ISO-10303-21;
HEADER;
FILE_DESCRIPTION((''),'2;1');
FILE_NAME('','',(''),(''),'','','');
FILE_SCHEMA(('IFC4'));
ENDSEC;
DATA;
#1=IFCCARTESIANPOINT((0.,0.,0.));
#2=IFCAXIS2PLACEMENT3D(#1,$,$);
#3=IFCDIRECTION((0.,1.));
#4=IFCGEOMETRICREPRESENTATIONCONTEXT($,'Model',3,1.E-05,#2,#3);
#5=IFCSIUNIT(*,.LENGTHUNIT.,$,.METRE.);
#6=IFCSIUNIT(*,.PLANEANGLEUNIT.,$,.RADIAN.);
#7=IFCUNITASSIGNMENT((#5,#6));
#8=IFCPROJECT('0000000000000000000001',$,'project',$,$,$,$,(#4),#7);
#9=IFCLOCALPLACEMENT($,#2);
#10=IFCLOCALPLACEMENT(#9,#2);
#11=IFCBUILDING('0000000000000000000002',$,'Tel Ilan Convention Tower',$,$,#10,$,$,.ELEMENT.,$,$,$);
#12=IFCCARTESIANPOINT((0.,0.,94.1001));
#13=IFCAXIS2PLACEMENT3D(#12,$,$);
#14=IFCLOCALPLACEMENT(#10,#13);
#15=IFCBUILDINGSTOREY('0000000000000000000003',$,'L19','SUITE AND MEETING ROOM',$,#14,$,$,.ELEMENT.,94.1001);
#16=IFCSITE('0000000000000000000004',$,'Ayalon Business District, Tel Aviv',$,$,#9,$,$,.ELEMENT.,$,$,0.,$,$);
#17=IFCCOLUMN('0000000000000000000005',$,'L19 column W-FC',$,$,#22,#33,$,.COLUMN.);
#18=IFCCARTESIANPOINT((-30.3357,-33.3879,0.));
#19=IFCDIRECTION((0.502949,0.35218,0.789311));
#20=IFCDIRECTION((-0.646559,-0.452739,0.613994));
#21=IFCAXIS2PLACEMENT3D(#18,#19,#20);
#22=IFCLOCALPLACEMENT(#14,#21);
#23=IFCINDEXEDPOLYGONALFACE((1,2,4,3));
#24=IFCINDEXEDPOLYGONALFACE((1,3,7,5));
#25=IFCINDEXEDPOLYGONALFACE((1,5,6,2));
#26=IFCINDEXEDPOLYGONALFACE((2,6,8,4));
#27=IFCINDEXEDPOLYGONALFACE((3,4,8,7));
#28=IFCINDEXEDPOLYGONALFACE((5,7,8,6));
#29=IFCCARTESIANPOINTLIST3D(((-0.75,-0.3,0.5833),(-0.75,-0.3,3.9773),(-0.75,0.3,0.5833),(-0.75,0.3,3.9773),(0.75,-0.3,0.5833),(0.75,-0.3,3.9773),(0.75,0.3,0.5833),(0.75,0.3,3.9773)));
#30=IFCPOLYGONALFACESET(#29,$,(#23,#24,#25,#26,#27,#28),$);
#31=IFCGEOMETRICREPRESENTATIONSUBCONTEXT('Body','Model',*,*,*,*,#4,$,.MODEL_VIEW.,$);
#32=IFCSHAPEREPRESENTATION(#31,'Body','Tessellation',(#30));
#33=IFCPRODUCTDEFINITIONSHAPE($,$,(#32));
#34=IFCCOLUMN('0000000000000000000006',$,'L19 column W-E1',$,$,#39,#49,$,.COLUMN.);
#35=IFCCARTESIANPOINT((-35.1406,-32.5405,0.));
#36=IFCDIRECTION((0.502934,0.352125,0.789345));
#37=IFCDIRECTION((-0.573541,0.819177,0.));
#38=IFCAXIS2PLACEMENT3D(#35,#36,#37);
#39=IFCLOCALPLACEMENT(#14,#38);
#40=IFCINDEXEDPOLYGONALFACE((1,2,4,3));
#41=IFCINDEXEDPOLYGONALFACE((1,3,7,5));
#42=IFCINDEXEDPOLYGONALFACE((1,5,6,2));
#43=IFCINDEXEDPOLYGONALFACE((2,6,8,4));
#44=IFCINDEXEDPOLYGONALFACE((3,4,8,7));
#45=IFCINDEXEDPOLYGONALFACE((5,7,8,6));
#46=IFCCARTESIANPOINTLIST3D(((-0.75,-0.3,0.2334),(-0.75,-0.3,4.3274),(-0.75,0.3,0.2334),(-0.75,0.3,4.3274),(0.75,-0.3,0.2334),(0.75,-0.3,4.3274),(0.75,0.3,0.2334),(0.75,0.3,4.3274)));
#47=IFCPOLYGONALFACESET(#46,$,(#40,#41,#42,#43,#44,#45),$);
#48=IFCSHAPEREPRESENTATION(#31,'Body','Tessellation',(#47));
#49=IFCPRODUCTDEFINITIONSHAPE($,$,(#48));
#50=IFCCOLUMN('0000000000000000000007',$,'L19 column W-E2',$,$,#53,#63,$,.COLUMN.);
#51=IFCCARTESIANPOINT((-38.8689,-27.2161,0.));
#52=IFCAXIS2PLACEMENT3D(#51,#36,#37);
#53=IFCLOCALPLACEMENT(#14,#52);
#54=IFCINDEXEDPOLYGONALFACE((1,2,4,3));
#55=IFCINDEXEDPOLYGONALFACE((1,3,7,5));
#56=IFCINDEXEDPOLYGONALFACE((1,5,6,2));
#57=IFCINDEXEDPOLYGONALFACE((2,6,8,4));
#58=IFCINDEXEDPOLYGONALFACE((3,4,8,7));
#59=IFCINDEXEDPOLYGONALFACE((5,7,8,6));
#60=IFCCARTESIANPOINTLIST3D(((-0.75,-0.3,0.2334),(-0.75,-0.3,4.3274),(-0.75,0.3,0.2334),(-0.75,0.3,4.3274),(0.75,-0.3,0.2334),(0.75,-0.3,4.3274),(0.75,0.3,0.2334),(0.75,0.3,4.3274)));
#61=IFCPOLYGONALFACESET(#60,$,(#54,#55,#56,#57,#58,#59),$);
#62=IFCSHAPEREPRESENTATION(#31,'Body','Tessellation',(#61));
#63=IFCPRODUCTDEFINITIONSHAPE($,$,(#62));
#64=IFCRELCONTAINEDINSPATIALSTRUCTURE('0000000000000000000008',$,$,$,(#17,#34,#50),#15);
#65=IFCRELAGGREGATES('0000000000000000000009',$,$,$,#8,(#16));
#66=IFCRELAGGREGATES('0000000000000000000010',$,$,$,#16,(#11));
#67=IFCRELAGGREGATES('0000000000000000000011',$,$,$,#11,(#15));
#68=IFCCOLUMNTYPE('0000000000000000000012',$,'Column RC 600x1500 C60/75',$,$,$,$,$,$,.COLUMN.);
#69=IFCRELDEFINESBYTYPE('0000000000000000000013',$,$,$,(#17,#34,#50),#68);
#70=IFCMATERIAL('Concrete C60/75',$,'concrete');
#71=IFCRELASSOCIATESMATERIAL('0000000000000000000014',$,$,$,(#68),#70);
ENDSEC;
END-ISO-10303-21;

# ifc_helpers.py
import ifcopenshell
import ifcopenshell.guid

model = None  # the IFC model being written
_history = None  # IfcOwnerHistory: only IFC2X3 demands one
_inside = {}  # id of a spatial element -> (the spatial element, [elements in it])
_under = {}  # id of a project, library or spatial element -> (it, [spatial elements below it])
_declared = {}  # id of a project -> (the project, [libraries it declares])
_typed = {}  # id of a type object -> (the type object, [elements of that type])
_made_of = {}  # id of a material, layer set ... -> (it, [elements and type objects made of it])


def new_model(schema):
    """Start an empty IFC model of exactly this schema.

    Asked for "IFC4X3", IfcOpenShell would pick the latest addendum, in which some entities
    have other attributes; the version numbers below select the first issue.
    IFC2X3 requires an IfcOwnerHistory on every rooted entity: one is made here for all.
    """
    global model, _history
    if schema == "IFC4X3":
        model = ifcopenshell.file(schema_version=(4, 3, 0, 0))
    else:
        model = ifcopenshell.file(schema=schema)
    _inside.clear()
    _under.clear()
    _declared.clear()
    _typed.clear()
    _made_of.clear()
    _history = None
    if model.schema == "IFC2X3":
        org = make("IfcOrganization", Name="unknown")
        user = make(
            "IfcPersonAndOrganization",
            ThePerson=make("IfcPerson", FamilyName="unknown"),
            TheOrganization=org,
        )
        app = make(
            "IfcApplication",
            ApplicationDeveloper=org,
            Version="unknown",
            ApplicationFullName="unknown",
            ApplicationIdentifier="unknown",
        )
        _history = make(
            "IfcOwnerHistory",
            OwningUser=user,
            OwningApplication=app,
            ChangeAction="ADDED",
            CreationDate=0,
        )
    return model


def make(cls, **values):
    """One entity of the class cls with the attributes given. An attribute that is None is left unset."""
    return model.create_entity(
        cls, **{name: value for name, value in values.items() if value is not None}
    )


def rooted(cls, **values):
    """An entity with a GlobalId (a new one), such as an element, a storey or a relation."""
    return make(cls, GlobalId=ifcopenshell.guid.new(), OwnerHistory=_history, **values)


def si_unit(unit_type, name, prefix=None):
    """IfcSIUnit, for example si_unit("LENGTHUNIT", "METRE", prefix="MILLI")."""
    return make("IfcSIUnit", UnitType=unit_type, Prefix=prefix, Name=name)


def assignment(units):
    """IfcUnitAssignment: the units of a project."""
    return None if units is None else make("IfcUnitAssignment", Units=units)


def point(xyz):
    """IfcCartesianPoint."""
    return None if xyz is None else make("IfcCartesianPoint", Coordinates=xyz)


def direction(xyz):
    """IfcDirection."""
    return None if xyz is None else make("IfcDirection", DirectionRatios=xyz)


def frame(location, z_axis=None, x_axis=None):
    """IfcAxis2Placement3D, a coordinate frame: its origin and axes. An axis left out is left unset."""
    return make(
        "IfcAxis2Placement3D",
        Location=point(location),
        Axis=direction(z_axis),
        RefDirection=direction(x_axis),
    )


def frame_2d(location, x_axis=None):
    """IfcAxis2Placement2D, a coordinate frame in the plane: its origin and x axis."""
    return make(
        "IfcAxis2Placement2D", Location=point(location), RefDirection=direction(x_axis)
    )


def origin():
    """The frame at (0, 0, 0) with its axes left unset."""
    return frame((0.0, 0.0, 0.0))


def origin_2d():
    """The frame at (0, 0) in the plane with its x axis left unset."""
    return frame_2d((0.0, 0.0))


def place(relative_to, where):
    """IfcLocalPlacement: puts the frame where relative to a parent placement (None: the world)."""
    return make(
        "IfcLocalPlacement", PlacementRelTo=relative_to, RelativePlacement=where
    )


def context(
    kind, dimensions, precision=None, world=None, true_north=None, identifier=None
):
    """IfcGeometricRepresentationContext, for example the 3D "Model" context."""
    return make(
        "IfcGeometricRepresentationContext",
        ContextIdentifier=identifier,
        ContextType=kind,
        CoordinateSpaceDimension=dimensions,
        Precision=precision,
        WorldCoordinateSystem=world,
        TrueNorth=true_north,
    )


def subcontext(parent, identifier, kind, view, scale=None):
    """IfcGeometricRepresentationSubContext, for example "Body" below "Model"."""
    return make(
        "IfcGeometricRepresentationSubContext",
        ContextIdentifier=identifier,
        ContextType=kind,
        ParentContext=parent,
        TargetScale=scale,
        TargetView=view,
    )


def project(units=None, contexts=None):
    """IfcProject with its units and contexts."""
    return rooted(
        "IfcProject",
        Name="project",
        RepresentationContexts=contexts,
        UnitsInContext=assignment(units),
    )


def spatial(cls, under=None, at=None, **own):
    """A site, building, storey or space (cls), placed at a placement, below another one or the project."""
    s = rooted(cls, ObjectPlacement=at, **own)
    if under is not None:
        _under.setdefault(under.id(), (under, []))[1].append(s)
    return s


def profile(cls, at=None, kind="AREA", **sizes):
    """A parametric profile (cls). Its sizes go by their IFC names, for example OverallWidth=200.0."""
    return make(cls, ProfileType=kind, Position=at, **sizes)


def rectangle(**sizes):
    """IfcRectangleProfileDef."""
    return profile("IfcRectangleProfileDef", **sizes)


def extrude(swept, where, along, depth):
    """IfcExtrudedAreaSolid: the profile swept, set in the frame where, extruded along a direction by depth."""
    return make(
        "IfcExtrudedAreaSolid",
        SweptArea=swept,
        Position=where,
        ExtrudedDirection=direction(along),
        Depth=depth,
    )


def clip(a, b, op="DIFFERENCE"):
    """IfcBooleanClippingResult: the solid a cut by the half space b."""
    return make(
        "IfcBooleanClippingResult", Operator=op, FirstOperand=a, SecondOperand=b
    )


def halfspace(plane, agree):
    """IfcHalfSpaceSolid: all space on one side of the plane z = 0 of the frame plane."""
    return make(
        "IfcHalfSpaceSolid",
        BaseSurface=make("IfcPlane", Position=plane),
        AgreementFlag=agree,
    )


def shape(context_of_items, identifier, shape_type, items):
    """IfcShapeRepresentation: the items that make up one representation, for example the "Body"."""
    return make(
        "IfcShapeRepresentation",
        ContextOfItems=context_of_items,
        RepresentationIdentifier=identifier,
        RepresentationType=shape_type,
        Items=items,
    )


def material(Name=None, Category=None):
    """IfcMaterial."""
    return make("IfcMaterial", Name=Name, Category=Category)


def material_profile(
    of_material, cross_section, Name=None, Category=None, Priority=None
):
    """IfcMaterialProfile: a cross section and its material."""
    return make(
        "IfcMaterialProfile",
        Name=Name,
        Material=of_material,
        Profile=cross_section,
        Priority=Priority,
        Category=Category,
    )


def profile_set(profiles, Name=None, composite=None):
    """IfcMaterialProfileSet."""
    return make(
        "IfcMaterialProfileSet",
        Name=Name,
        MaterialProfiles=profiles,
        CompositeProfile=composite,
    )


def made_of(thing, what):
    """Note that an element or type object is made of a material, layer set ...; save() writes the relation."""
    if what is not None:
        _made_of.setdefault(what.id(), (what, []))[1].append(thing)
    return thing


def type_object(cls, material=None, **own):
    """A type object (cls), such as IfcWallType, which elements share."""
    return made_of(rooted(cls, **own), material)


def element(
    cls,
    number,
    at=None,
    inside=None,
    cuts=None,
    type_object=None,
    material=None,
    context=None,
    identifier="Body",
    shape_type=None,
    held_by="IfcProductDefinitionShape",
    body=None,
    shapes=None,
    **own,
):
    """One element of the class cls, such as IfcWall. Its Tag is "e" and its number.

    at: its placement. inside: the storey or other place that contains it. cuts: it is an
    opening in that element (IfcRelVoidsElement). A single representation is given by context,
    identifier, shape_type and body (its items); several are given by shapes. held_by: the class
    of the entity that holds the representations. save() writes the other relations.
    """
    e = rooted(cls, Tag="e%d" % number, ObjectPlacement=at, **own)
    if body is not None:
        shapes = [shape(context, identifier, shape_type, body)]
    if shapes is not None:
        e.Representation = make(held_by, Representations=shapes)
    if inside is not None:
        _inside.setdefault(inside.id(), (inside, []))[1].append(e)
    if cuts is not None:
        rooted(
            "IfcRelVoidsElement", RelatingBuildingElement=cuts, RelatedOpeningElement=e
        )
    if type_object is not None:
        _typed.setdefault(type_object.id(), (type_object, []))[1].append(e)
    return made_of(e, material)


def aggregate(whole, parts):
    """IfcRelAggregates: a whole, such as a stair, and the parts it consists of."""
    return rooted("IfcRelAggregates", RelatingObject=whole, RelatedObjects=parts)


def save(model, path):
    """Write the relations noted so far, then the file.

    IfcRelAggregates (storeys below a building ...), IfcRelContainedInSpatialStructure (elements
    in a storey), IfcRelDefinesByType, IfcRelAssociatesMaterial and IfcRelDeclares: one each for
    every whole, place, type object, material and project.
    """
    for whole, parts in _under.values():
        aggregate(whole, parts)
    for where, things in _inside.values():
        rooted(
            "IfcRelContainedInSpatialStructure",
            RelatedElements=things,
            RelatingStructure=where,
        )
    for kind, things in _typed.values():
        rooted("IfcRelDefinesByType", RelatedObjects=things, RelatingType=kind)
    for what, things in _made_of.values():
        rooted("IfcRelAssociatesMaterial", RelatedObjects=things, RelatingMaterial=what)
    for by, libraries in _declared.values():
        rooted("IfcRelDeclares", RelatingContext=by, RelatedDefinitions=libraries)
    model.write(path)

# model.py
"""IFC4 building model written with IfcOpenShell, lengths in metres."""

from ifc_helpers import new_model, si_unit, direction, frame, origin, origin_2d, place, context, subcontext, project, spatial, rectangle, extrude, clip, halfspace, material, material_profile, profile_set, type_object, element, save


model = new_model("IFC4")

# Units and contexts
model_context = context("Model", 3, precision=1e-05, world=origin(), true_north=direction((0.0, 1.0)))
body_context = subcontext(model_context, "Body", "Model", "MODEL_VIEW")
ifc_project = project(units=[si_unit("LENGTHUNIT", "METRE"), si_unit("PLANEANGLEUNIT", "RADIAN")], contexts=[model_context])

# Site, building, storey
site_placement = place(None, origin())
site = spatial("IfcSite", under=ifc_project, at=site_placement, Name="Ayalon Business District, Tel Aviv", CompositionType="ELEMENT", RefElevation=0.0)
building_placement = place(site_placement, origin())
building = spatial("IfcBuilding", under=site, at=building_placement, Name="Tel Ilan Convention Tower", CompositionType="ELEMENT")
storey_placement = place(building_placement, frame((0.0, 0.0, 94.1001)))
storey = spatial("IfcBuildingStorey", under=building, at=storey_placement, Name="L19", Description="SUITE AND MEETING ROOM", CompositionType="ELEMENT", Elevation=94.1001)

# Columns
ifc_material_1 = material(Name="Concrete C60/75", Category="concrete")
ifc_material_profile_1 = material_profile(ifc_material_1, rectangle(XDim=1.5, YDim=0.6001, at=origin_2d()), Name="RC 600x1500")
ifc_profile_set_1 = profile_set([ifc_material_profile_1], Name="Concrete C60/75")
column_type = type_object("IfcColumnType", Name="Column RC 600x1500 C60/75", PredefinedType="COLUMN", material=ifc_profile_set_1)
column_placement = place(storey_placement, frame((-30.3357, -33.3879, 0.0), z_axis=(0.502949, 0.35218, 0.789311), x_axis=(-0.646559, -0.452739, 0.613994)))
element("IfcColumn", 1, at=column_placement, inside=storey, type_object=column_type, Name="L19 column W-FC", PredefinedType="COLUMN", context=body_context, shape_type="Clipping", body=[
    clip(clip(extrude(rectangle(XDim=1.5, YDim=0.6001, at=origin_2d()), origin(), (0.0, 0.0, 1.0), 4.5605), halfspace(frame((0.0, 0.0, 0.5833), z_axis=(0.0, 0.0, 1.0), x_axis=(1.0, 0.0, 0.0)), True)), halfspace(frame((0.0, 0.0, 3.9773), z_axis=(0.0, 0.0, 1.0), x_axis=(1.0, 0.0, 0.0)), False)),
])
for number, where, z_axis, x_axis, name in (
    (2, (-35.1406, -32.5405, 0.0), (0.502934, 0.352125, 0.789345), (-0.573541, 0.819177, 0.0), "L19 column W-E1"),
    (3, (-38.8689, -27.2161, 0.0), (0.502934, 0.352125, 0.789345), (-0.573541, 0.819177, 0.0), "L19 column W-E2"),
):
    element("IfcColumn", number, at=place(storey_placement, frame(where, z_axis=z_axis, x_axis=x_axis)), inside=storey, type_object=column_type, Name=name, PredefinedType="COLUMN", context=body_context, shape_type="Clipping", body=[
        clip(clip(extrude(rectangle(XDim=1.5, YDim=0.6001, at=origin_2d()), origin(), (0.0, 0.0, 1.0), 4.5608), halfspace(frame((0.0, 0.0, 0.2334), z_axis=(0.0, 0.0, 1.0), x_axis=(1.0, 0.0, 0.0)), True)), halfspace(frame((0.0, 0.0, 4.3274), z_axis=(0.0, 0.0, 1.0), x_axis=(1.0, 0.0, 0.0)), False)),
    ])

save(model, "model.ifc")
